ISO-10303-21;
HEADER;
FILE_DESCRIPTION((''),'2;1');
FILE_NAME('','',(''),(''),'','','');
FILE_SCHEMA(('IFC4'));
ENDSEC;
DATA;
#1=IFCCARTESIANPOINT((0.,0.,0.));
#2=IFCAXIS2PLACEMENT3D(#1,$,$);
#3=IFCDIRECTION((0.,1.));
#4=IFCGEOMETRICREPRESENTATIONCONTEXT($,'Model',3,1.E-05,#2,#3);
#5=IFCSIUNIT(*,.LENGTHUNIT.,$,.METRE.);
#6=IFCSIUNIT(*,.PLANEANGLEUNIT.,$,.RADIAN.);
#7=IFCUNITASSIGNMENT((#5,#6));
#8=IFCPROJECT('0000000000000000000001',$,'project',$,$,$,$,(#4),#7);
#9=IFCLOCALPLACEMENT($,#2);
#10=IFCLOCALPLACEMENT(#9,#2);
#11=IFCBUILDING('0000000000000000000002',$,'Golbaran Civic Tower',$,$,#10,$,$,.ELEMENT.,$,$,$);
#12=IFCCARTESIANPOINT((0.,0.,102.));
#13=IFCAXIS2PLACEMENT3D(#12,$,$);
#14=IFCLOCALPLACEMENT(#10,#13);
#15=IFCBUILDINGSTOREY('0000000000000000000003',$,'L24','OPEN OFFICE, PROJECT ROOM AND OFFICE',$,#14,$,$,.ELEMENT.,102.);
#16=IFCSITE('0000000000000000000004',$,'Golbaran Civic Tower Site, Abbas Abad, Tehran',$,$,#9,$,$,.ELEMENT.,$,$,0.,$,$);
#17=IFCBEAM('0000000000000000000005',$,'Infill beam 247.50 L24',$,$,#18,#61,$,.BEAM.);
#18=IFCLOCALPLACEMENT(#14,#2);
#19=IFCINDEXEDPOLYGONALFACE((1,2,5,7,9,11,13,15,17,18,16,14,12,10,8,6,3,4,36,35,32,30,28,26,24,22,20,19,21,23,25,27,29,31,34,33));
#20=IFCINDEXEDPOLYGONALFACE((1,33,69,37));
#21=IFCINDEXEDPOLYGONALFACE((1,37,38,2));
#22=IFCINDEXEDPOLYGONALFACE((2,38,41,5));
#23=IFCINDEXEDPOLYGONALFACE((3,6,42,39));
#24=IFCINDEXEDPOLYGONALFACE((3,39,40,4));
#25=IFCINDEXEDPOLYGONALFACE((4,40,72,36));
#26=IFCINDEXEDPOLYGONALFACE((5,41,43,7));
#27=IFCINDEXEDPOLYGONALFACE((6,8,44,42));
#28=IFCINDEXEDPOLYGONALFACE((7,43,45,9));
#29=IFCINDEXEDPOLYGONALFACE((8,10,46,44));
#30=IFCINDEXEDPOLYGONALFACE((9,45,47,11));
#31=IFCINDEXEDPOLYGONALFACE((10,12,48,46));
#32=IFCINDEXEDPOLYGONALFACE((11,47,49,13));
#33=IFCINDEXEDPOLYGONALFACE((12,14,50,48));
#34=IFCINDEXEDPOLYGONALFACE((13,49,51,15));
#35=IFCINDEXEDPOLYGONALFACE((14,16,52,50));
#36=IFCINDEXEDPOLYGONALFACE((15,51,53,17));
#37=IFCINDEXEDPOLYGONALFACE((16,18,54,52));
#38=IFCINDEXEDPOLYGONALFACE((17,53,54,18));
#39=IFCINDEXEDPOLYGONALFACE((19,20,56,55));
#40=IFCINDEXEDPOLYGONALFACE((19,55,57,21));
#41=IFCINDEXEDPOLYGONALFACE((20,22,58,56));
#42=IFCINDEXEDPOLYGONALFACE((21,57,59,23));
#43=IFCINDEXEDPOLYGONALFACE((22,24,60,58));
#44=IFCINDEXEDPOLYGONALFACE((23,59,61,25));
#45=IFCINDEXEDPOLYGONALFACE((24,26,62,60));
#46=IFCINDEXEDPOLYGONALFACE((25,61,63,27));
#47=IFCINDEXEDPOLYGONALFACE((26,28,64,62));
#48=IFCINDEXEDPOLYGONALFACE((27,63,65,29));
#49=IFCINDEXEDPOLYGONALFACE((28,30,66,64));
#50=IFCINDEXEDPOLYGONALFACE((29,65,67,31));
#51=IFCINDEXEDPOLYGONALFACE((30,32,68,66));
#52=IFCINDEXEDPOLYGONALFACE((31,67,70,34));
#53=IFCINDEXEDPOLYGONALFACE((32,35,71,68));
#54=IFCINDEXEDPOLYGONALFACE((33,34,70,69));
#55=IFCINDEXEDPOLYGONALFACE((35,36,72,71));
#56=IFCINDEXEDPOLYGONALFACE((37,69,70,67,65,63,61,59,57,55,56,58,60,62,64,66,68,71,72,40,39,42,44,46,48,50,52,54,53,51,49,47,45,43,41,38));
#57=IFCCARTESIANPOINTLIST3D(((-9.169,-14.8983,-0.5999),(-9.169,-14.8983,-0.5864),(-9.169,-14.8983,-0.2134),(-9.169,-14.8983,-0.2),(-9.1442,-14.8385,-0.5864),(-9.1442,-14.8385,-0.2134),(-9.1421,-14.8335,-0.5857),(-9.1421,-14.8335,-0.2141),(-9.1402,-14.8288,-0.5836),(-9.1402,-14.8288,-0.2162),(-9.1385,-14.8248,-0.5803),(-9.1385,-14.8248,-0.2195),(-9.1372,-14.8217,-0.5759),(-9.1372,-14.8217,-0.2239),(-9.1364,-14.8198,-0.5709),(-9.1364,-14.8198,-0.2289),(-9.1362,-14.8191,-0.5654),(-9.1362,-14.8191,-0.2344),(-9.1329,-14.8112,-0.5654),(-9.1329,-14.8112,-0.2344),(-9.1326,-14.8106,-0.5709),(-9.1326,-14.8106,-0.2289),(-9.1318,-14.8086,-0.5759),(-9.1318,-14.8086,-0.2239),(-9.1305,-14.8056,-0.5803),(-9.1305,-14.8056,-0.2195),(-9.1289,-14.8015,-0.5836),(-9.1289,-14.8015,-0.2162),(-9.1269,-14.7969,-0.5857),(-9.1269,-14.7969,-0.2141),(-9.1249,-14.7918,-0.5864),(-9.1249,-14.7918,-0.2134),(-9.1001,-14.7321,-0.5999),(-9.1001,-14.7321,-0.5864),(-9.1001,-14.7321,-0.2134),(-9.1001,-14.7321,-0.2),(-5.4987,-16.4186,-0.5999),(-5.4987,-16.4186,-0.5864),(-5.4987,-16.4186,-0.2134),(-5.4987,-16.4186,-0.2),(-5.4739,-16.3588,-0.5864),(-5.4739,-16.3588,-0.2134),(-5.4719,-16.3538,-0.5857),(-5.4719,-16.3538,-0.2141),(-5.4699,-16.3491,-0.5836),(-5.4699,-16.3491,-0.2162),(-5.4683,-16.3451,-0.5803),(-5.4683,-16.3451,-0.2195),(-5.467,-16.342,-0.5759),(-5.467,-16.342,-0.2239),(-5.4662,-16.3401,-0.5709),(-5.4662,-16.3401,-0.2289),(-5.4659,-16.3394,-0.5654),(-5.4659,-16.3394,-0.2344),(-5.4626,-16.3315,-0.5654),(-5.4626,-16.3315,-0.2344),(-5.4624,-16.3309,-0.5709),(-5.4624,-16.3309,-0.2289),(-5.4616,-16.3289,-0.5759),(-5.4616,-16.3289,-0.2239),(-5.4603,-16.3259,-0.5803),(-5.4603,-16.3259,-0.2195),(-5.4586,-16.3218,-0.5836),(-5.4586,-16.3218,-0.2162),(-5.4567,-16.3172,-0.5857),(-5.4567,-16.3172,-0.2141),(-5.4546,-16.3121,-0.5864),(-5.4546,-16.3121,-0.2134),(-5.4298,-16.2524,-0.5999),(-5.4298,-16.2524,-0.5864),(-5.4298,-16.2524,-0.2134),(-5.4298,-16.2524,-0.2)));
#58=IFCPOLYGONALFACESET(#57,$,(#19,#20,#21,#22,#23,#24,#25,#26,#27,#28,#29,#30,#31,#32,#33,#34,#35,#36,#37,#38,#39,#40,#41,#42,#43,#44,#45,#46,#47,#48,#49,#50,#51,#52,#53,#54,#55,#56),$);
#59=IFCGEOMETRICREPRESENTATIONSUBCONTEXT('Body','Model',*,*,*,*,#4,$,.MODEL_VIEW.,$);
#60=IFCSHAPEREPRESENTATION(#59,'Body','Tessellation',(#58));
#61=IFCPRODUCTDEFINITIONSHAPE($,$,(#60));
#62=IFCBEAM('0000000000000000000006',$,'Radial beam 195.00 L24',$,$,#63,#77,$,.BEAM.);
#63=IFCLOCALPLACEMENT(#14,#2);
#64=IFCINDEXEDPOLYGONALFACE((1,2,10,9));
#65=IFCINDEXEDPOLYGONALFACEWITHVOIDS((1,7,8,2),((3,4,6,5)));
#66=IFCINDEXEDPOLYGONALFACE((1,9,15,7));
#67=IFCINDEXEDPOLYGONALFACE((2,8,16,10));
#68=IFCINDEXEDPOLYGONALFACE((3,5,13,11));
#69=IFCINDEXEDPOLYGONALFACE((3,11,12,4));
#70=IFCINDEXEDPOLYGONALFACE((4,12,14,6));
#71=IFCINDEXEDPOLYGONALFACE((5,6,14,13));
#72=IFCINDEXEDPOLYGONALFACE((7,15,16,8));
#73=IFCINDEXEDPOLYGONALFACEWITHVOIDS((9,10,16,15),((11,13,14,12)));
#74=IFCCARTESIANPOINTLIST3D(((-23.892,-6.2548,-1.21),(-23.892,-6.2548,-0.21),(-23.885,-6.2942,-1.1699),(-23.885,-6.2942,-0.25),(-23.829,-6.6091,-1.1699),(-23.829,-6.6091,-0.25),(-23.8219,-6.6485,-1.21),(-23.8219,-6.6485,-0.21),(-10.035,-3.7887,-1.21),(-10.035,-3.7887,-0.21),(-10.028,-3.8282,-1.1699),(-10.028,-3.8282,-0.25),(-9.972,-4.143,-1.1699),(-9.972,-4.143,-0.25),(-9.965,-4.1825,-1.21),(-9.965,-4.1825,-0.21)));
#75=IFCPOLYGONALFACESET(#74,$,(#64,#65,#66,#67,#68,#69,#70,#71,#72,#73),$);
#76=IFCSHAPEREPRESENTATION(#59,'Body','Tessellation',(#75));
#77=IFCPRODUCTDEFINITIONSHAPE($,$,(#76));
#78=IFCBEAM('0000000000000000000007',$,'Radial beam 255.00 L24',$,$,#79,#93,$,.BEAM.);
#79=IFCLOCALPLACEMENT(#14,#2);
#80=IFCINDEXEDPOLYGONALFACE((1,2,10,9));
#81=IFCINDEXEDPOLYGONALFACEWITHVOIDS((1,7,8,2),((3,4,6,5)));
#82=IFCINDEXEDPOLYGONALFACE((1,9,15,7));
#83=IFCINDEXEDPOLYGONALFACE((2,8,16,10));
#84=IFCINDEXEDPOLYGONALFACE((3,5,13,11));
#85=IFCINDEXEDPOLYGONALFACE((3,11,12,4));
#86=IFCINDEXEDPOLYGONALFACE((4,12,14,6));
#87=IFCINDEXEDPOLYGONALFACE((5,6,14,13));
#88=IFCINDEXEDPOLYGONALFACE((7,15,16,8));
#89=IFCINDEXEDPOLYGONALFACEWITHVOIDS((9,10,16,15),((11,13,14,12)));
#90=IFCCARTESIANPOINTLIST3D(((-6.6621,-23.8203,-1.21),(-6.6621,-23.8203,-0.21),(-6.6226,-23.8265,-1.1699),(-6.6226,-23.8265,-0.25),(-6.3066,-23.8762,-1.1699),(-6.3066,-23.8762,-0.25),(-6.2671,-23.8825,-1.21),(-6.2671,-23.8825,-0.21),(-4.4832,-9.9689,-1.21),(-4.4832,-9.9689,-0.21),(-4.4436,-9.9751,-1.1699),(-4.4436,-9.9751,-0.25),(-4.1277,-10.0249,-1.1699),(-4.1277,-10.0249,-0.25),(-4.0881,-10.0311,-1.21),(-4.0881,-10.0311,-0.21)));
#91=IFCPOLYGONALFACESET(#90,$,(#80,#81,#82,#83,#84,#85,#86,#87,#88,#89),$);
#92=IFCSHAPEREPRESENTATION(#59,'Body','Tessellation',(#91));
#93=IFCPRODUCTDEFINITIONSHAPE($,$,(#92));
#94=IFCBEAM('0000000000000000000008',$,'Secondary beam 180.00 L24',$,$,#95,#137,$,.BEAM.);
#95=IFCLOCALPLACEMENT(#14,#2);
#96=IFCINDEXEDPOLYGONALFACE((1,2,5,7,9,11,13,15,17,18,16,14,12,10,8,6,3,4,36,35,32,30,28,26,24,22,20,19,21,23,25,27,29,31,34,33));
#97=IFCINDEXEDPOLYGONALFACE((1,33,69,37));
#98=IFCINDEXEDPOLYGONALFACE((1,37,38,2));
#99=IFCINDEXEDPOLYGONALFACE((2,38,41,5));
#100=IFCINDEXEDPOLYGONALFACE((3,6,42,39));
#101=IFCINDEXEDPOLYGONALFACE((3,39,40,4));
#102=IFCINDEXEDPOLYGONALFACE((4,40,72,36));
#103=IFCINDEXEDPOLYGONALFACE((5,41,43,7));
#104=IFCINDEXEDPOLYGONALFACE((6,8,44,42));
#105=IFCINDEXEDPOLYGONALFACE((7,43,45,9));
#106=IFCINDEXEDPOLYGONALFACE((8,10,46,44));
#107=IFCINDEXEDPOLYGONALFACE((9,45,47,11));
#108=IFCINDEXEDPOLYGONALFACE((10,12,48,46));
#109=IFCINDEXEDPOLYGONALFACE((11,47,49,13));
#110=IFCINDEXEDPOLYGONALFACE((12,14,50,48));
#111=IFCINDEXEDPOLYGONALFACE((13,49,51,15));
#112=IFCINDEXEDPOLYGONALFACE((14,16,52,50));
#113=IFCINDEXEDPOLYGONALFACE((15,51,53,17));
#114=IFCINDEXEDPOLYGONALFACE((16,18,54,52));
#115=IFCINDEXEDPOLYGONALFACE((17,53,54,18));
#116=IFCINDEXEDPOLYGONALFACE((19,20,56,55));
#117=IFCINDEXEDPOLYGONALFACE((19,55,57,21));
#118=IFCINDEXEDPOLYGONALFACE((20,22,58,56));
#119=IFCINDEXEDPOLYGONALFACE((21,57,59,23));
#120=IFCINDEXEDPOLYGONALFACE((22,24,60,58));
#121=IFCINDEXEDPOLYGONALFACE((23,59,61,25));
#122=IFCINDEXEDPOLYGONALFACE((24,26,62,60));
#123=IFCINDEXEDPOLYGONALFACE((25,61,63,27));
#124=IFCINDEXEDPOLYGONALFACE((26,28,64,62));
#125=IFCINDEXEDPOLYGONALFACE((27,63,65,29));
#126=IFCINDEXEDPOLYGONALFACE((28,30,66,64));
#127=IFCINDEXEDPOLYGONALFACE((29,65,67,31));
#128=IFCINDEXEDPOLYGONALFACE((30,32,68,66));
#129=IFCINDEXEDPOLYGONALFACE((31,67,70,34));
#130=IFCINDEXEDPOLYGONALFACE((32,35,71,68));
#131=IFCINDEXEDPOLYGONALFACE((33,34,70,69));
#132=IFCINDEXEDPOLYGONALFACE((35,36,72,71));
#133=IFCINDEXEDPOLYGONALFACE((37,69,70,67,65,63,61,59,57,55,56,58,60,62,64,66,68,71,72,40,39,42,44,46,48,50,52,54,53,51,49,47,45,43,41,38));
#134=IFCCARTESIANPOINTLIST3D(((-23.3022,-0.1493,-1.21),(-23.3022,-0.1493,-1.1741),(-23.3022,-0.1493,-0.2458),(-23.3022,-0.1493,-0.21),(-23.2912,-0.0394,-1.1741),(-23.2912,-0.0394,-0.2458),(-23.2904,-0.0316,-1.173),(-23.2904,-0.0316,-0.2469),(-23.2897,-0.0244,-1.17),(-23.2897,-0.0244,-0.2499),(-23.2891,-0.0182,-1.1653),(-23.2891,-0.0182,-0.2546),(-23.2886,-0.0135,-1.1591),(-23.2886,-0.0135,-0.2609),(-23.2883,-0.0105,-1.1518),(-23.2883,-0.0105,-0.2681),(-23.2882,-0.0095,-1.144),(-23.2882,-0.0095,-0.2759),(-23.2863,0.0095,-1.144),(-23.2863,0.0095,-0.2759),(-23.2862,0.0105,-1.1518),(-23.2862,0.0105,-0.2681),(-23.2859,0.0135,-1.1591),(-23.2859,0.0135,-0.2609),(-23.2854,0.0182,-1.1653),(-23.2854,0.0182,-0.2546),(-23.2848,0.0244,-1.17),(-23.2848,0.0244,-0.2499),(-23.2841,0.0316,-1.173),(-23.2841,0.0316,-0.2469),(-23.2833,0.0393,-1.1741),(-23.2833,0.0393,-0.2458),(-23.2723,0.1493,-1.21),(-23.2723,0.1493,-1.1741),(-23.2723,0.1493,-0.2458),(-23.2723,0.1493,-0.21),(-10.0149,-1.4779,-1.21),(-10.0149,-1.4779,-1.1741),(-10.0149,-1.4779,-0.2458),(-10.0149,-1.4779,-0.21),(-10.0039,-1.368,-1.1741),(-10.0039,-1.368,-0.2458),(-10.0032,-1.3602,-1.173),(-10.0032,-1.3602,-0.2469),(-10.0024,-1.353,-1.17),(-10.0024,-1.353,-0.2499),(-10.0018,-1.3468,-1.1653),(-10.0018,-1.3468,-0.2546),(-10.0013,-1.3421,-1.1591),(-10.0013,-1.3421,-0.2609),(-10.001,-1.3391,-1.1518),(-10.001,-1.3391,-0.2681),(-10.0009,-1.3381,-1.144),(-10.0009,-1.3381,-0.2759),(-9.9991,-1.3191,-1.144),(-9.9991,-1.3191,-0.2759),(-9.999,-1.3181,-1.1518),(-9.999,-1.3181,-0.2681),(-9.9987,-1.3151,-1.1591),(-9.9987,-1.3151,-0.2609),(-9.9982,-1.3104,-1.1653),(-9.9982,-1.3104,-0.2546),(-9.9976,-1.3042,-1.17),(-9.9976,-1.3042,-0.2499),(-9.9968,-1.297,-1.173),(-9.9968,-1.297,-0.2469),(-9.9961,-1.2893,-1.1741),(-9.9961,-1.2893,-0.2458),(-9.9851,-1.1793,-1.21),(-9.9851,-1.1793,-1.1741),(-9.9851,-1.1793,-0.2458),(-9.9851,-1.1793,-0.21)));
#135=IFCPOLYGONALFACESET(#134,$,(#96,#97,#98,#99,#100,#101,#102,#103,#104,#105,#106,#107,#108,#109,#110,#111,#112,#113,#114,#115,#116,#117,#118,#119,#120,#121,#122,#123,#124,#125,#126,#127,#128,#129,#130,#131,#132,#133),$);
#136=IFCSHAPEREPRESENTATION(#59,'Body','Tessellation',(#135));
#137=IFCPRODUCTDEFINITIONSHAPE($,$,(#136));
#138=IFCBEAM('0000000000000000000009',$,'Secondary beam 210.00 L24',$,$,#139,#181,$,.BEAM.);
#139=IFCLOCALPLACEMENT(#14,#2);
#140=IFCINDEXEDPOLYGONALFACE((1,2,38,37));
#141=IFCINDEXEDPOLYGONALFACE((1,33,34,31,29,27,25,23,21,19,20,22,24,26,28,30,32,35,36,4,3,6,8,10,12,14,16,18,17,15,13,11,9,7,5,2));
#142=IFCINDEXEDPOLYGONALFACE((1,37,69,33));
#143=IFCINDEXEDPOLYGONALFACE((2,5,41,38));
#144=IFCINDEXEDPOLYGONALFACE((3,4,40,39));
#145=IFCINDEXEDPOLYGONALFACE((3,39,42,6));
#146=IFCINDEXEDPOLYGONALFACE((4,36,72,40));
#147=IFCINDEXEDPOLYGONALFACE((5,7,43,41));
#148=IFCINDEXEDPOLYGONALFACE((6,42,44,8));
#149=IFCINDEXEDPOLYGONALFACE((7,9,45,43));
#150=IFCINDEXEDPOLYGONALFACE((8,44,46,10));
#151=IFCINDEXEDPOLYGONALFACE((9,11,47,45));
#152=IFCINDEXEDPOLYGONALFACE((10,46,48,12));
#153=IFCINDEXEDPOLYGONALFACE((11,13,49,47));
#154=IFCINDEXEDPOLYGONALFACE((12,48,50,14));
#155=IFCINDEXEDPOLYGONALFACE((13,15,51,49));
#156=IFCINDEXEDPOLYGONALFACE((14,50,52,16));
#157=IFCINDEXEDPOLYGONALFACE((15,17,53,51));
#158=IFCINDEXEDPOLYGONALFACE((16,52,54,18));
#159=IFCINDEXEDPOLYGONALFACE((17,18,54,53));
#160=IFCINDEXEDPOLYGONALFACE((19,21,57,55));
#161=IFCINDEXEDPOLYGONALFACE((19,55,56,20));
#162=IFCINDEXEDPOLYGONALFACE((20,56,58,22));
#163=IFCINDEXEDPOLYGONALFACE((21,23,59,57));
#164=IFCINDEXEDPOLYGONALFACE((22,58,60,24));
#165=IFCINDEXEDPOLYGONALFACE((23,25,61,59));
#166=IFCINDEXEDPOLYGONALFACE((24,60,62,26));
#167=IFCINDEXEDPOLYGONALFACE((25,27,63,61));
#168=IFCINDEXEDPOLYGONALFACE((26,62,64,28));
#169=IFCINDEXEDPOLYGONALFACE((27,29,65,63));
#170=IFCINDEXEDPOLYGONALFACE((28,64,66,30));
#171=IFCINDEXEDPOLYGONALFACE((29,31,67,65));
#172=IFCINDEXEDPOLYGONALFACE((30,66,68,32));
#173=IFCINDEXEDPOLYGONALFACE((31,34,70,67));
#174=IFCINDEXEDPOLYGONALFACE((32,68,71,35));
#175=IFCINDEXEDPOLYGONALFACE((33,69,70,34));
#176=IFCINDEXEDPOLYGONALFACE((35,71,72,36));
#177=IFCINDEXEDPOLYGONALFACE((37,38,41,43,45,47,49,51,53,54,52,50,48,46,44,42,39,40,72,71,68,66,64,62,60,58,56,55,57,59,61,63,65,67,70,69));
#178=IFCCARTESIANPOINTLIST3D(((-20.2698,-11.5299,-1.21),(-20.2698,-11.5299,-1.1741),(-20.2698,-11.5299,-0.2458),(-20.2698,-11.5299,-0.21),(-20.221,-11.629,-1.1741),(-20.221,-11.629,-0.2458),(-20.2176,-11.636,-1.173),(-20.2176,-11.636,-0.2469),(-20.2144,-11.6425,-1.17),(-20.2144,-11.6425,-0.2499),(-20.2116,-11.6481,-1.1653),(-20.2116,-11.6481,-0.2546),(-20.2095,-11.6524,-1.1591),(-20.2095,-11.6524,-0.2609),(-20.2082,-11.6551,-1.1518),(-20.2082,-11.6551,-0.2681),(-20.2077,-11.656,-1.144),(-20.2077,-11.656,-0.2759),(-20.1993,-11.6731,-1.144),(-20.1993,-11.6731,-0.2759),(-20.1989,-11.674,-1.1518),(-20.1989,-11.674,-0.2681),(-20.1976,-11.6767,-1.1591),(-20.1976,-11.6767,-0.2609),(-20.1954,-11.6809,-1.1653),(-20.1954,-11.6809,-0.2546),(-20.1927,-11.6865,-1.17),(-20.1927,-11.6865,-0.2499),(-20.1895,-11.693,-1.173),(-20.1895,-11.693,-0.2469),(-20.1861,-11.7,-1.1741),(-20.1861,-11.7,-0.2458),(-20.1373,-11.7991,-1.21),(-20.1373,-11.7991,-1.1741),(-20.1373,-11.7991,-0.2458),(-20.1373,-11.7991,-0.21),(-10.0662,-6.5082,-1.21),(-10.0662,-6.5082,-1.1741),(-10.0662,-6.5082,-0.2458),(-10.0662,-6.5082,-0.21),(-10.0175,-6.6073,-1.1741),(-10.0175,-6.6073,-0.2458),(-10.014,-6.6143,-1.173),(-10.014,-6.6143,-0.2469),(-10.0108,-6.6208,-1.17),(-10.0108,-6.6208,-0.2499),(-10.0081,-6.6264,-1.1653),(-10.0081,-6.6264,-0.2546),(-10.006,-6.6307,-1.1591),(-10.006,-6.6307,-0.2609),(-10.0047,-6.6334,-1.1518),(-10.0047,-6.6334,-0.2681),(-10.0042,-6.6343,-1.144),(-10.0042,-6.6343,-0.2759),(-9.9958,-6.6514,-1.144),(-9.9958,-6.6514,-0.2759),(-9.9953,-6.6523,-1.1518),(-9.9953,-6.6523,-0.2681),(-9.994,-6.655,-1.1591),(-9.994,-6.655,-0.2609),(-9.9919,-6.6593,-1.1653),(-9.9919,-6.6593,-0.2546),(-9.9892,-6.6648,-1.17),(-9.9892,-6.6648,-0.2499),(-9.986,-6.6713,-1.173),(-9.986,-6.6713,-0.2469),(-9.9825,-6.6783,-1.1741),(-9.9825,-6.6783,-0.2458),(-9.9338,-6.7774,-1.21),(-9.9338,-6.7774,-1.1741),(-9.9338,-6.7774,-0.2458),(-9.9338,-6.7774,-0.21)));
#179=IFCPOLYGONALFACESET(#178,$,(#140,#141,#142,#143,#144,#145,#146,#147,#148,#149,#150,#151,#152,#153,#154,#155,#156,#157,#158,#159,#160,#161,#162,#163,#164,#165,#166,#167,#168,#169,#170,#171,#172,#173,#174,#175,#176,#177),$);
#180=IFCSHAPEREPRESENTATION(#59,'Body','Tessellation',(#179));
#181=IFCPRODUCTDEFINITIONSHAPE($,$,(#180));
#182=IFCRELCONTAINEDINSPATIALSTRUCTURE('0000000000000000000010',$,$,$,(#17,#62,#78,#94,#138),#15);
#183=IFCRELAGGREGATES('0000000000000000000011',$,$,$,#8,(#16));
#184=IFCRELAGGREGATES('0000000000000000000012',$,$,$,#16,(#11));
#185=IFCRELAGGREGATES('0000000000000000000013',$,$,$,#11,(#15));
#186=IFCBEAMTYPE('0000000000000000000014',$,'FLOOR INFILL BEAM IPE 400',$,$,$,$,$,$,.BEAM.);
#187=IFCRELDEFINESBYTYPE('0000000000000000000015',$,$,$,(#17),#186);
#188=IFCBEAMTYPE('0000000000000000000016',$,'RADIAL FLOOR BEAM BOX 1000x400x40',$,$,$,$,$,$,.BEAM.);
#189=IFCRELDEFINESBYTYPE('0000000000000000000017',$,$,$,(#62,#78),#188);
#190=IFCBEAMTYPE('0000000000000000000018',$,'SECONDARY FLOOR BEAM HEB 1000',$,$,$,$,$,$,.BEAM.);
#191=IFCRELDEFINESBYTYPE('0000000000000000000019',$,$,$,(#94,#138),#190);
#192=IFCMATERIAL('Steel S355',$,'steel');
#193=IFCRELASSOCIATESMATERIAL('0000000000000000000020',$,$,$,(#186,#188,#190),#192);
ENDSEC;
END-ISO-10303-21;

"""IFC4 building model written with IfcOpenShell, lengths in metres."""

from ifc_helpers import new_model, si_unit, direction, frame, origin, origin_2d, place, context, subcontext, project, spatial, hollow_rectangle, i_section, extrude, material, material_profile, profile_set, type_object, element, save


model = new_model("IFC4")

# Units and contexts
model_context = context("Model", 3, precision=1e-05, world=origin(), true_north=direction((0.0, 1.0)))
body_context = subcontext(model_context, "Body", "Model", "MODEL_VIEW")
ifc_project = project(units=[si_unit("LENGTHUNIT", "METRE"), si_unit("PLANEANGLEUNIT", "RADIAN")], contexts=[model_context])

# Site, building, storey
site_placement = place(None, origin())
site = spatial("IfcSite", under=ifc_project, at=site_placement, Name="Golbaran Civic Tower Site, Abbas Abad, Tehran", CompositionType="ELEMENT", RefElevation=0.0)
building_placement = place(site_placement, origin())
building = spatial("IfcBuilding", under=site, at=building_placement, Name="Golbaran Civic Tower", CompositionType="ELEMENT")
storey_placement = place(building_placement, frame((0.0, 0.0, 102.0)))
storey = spatial("IfcBuildingStorey", under=building, at=storey_placement, Name="L24", Description="OPEN OFFICE, PROJECT ROOM AND OFFICE", CompositionType="ELEMENT", Elevation=102.0)

# Beams
ifc_material_1 = material(Name="Steel S355", Category="steel")
ifc_material_profile_1 = material_profile(ifc_material_1, i_section(OverallWidth=0.1799, OverallDepth=0.3999, WebThickness=0.0085, FlangeThickness=0.0134, FilletRadius=0.021, at=origin_2d()), Name="IPE 400")
ifc_profile_set_1 = profile_set([ifc_material_profile_1], Name="Steel S355")
beam_type_1 = type_object("IfcBeamType", Name="FLOOR INFILL BEAM IPE 400", PredefinedType="BEAM", material=ifc_profile_set_1)
beam_1_placement = place(storey_placement, frame((-9.1345, -14.8152, -0.3999), z_axis=(0.923877, -0.38269, 0.0), x_axis=(0.38269, 0.923877, 0.0)))
element("IfcBeam", 1, at=beam_1_placement, inside=storey, type_object=beam_type_1, Name="Infill beam 247.50 L24", PredefinedType="BEAM", context=body_context, shape_type="SweptSolid", body=[
    extrude(i_section(OverallWidth=0.1799, OverallDepth=0.3999, WebThickness=0.0085, FlangeThickness=0.0134, FilletRadius=0.021, at=origin_2d()), origin(), (0.0, 0.0, 1.0), 3.9727),
])
ifc_material_profile_2 = material_profile(ifc_material_1, hollow_rectangle(XDim=0.3999, YDim=1.0, WallThickness=0.04, at=origin_2d()), Name="BOX 1000x400x40")
ifc_profile_set_2 = profile_set([ifc_material_profile_2], Name="Steel S355")
beam_type_2 = type_object("IfcBeamType", Name="RADIAL FLOOR BEAM BOX 1000x400x40", PredefinedType="BEAM", material=ifc_profile_set_2)
beam_2_placement = place(storey_placement, frame((-10.0, -3.9856, -0.71), z_axis=(-0.984531, -0.175213, 0.0), x_axis=(0.175213, -0.984531, 0.0)))
element("IfcBeam", 2, at=beam_2_placement, inside=storey, type_object=beam_type_2, Name="Radial beam 195.00 L24", PredefinedType="BEAM", context=body_context, shape_type="SweptSolid", body=[
    extrude(hollow_rectangle(XDim=0.3999, YDim=1.0, WallThickness=0.04, at=origin_2d()), origin(), (0.0, 0.0, 1.0), 14.0747),
])
beam_3_placement = place(storey_placement, frame((-4.2856, -10.0, -0.71), z_axis=(-0.155399, -0.987852, 0.0), x_axis=(0.987852, -0.155399, 0.0)))
element("IfcBeam", 3, at=beam_3_placement, inside=storey, type_object=beam_type_2, Name="Radial beam 255.00 L24", PredefinedType="BEAM", context=body_context, shape_type="SweptSolid", body=[
    extrude(hollow_rectangle(XDim=0.3999, YDim=1.0, WallThickness=0.04, at=origin_2d()), origin(), (0.0, 0.0, 1.0), 14.0217),
])
ifc_material_profile_3 = material_profile(ifc_material_1, i_section(OverallWidth=0.3, OverallDepth=1.0, WebThickness=0.019, FlangeThickness=0.0359, FilletRadius=0.03, at=origin_2d()), Name="HEB 1000")
ifc_profile_set_3 = profile_set([ifc_material_profile_3], Name="Steel S355")
beam_type_3 = type_object("IfcBeamType", Name="SECONDARY FLOOR BEAM HEB 1000", PredefinedType="BEAM", material=ifc_profile_set_3)
beam_4_placement = place(storey_placement, frame((-10.0, -1.3286, -0.71), z_axis=(-0.995038, 0.099495, 0.0), x_axis=(-0.099495, -0.995038, 0.0)))
element("IfcBeam", 4, at=beam_4_placement, inside=storey, type_object=beam_type_3, Name="Secondary beam 180.00 L24", PredefinedType="BEAM", context=body_context, shape_type="SweptSolid", body=[
    extrude(i_section(OverallWidth=0.3, OverallDepth=1.0, WebThickness=0.019, FlangeThickness=0.0359, FilletRadius=0.03, at=origin_2d()), origin(), (0.0, 0.0, 1.0), 13.3535),
])
beam_5_placement = place(storey_placement, frame((-10.0, -6.6428, -0.71), z_axis=(-0.897226, -0.441572, 0.0), x_axis=(0.441572, -0.897226, 0.0)))
element("IfcBeam", 5, at=beam_5_placement, inside=storey, type_object=beam_type_3, Name="Secondary beam 210.00 L24", PredefinedType="BEAM", context=body_context, shape_type="SweptSolid", body=[
    extrude(i_section(OverallWidth=0.3, OverallDepth=1.0, WebThickness=0.019, FlangeThickness=0.0359, FilletRadius=0.03, at=origin_2d()), origin(), (0.0, 0.0, 1.0), 11.3723),
])

save(model, "model.ifc")
